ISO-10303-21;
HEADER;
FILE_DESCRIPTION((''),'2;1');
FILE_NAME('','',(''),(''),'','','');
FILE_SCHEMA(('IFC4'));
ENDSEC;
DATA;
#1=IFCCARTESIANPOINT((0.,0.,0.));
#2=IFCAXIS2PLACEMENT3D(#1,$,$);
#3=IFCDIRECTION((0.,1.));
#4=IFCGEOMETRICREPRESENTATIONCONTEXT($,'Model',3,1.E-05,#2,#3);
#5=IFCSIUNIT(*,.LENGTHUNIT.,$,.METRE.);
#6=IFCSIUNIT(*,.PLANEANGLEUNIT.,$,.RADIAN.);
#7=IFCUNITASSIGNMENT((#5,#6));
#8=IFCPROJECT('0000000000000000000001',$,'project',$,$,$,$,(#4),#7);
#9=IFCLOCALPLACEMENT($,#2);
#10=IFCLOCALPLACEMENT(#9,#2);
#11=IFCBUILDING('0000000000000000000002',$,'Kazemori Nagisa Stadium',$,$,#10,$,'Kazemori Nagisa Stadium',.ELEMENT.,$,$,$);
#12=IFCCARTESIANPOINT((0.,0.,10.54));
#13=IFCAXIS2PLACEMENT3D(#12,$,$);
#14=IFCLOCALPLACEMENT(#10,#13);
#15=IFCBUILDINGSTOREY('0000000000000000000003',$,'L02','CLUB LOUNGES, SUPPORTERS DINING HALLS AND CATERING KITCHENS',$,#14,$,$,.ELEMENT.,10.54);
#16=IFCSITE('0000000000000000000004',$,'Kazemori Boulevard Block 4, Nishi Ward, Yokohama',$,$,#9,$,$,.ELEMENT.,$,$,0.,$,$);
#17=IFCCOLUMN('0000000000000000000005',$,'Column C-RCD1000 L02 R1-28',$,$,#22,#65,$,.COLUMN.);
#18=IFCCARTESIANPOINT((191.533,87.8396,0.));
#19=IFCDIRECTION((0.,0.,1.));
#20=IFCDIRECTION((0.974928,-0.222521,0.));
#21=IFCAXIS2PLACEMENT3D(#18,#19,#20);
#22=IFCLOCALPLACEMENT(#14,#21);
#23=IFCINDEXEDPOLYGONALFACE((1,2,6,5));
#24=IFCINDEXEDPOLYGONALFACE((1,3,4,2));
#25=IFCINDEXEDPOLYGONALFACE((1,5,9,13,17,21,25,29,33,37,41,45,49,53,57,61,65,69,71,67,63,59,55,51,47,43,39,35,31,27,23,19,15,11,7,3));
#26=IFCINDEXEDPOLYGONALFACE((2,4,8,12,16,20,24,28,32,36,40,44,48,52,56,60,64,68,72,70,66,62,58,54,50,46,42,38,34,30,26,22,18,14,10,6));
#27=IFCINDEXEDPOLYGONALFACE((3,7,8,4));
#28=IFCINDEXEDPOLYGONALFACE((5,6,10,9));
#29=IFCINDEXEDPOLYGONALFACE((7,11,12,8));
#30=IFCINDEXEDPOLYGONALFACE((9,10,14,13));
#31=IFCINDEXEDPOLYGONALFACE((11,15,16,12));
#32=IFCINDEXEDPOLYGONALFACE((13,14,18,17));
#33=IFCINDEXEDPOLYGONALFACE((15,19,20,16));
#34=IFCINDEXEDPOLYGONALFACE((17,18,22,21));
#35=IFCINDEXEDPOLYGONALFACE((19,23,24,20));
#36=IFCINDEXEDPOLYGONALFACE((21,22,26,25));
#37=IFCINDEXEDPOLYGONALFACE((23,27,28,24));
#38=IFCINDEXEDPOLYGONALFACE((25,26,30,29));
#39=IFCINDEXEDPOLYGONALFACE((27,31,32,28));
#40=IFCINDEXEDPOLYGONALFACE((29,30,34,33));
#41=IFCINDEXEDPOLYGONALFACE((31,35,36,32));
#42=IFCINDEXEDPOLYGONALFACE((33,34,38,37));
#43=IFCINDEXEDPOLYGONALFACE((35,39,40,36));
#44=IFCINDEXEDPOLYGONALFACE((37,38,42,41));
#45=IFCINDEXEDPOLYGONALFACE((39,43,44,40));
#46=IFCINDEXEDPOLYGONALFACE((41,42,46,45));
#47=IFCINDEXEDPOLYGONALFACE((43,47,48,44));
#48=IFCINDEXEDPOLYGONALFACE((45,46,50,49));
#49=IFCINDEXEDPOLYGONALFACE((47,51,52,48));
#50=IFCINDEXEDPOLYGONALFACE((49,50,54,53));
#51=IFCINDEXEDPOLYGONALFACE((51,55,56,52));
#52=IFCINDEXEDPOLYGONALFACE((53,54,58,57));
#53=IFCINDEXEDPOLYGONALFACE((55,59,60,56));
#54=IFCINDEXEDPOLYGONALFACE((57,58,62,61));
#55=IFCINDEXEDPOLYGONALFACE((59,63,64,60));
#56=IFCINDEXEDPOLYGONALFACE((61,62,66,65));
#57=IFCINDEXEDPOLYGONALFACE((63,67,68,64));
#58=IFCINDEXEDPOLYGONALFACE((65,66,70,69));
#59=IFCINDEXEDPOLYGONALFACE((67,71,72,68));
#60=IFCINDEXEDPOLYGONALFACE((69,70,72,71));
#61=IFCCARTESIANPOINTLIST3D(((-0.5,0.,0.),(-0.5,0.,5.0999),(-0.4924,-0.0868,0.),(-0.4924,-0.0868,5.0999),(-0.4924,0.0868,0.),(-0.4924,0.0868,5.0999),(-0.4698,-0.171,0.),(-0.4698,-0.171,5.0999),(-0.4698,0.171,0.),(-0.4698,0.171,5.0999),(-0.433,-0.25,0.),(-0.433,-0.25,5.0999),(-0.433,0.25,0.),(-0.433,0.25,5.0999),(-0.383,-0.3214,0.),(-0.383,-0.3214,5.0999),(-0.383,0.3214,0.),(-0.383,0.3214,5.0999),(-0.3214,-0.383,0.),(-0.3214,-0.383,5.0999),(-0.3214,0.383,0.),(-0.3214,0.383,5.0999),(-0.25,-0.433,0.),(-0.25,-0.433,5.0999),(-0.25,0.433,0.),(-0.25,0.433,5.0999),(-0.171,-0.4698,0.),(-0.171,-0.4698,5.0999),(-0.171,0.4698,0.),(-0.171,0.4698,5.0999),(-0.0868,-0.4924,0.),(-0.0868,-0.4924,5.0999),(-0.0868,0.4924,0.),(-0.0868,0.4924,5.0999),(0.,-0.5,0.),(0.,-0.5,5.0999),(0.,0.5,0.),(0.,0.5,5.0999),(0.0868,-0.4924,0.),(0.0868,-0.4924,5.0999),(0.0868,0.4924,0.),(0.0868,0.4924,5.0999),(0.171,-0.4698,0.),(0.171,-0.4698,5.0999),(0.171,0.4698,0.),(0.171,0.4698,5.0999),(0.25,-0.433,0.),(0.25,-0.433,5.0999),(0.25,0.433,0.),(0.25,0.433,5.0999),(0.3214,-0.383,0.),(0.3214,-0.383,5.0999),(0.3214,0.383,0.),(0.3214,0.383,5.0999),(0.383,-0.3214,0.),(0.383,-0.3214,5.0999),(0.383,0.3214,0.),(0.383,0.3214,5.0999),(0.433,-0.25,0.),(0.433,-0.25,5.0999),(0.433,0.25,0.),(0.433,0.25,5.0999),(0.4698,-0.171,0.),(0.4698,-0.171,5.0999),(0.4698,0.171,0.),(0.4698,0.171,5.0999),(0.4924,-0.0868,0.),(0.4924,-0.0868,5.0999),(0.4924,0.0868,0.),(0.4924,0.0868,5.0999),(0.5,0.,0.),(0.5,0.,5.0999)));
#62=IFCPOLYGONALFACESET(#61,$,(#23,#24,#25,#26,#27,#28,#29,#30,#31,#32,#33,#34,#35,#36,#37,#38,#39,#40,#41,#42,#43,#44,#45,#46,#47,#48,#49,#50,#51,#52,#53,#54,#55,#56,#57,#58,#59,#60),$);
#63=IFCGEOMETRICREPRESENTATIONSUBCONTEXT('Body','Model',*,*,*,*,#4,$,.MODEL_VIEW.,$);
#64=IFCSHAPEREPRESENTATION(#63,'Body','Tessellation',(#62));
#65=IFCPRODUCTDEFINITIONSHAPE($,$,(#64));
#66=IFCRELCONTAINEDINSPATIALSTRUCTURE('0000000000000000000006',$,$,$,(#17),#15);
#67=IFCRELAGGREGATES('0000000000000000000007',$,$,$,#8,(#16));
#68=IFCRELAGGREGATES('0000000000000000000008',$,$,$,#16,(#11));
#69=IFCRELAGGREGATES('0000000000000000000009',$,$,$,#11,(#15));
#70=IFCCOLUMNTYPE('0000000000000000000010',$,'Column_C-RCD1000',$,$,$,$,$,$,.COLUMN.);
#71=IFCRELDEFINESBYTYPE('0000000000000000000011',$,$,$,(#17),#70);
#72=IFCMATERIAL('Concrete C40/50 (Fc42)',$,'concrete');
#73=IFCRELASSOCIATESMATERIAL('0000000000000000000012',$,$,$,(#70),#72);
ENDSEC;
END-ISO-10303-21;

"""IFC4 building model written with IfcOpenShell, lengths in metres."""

from ifc_helpers import new_model, si_unit, direction, frame, origin, origin_2d, place, context, subcontext, project, spatial, circle, extrude, material, material_profile, profile_set, type_object, element, save


model = new_model("IFC4")

# Units and contexts
model_context = context("Model", 3, precision=1e-05, world=origin(), true_north=direction((0.0, 1.0)))
body_context = subcontext(model_context, "Body", "Model", "MODEL_VIEW")
ifc_project = project(units=[si_unit("LENGTHUNIT", "METRE"), si_unit("PLANEANGLEUNIT", "RADIAN")], contexts=[model_context])

# Site, building, storey
site_placement = place(None, origin())
site = spatial("IfcSite", under=ifc_project, at=site_placement, Name="Kazemori Boulevard Block 4, Nishi Ward, Yokohama", CompositionType="ELEMENT", RefElevation=0.0)
building_placement = place(site_placement, origin())
building = spatial("IfcBuilding", under=site, at=building_placement, Name="Kazemori Nagisa Stadium", LongName="Kazemori Nagisa Stadium", CompositionType="ELEMENT")
storey_placement = place(building_placement, frame((0.0, 0.0, 10.54)))
storey = spatial("IfcBuildingStorey", under=building, at=storey_placement, Name="L02", Description="CLUB LOUNGES, SUPPORTERS DINING HALLS AND CATERING KITCHENS", CompositionType="ELEMENT", Elevation=10.54)

# Column
ifc_material_1 = material(Name="Concrete C40/50 (Fc42)", Category="concrete")
ifc_material_profile_1 = material_profile(ifc_material_1, circle(Radius=0.5, at=origin_2d()), Name="RC-COL-D1000")
ifc_profile_set_1 = profile_set([ifc_material_profile_1], Name="Concrete C40/50 (Fc42)")
column_type_1 = type_object("IfcColumnType", Name="Column_C-RCD1000", PredefinedType="COLUMN", material=ifc_profile_set_1)
for number, where, z_axis, x_axis, name in (
    (1, (191.533, 87.8396, 0.0), (0.0, 0.0, 1.0), (0.974928, -0.222521, 0.0), "Column C-RCD1000 L02 R1-28"),
):
    element("IfcColumn", number, at=place(storey_placement, frame(where, z_axis=z_axis, x_axis=x_axis)), inside=storey, type_object=column_type_1, Name=name, PredefinedType="COLUMN", context=body_context, shape_type="SweptSolid", body=[
        extrude(circle(Radius=0.5, at=origin_2d()), origin(), (0.0, 0.0, 1.0), 5.0999),
    ])

save(model, "model.ifc")
